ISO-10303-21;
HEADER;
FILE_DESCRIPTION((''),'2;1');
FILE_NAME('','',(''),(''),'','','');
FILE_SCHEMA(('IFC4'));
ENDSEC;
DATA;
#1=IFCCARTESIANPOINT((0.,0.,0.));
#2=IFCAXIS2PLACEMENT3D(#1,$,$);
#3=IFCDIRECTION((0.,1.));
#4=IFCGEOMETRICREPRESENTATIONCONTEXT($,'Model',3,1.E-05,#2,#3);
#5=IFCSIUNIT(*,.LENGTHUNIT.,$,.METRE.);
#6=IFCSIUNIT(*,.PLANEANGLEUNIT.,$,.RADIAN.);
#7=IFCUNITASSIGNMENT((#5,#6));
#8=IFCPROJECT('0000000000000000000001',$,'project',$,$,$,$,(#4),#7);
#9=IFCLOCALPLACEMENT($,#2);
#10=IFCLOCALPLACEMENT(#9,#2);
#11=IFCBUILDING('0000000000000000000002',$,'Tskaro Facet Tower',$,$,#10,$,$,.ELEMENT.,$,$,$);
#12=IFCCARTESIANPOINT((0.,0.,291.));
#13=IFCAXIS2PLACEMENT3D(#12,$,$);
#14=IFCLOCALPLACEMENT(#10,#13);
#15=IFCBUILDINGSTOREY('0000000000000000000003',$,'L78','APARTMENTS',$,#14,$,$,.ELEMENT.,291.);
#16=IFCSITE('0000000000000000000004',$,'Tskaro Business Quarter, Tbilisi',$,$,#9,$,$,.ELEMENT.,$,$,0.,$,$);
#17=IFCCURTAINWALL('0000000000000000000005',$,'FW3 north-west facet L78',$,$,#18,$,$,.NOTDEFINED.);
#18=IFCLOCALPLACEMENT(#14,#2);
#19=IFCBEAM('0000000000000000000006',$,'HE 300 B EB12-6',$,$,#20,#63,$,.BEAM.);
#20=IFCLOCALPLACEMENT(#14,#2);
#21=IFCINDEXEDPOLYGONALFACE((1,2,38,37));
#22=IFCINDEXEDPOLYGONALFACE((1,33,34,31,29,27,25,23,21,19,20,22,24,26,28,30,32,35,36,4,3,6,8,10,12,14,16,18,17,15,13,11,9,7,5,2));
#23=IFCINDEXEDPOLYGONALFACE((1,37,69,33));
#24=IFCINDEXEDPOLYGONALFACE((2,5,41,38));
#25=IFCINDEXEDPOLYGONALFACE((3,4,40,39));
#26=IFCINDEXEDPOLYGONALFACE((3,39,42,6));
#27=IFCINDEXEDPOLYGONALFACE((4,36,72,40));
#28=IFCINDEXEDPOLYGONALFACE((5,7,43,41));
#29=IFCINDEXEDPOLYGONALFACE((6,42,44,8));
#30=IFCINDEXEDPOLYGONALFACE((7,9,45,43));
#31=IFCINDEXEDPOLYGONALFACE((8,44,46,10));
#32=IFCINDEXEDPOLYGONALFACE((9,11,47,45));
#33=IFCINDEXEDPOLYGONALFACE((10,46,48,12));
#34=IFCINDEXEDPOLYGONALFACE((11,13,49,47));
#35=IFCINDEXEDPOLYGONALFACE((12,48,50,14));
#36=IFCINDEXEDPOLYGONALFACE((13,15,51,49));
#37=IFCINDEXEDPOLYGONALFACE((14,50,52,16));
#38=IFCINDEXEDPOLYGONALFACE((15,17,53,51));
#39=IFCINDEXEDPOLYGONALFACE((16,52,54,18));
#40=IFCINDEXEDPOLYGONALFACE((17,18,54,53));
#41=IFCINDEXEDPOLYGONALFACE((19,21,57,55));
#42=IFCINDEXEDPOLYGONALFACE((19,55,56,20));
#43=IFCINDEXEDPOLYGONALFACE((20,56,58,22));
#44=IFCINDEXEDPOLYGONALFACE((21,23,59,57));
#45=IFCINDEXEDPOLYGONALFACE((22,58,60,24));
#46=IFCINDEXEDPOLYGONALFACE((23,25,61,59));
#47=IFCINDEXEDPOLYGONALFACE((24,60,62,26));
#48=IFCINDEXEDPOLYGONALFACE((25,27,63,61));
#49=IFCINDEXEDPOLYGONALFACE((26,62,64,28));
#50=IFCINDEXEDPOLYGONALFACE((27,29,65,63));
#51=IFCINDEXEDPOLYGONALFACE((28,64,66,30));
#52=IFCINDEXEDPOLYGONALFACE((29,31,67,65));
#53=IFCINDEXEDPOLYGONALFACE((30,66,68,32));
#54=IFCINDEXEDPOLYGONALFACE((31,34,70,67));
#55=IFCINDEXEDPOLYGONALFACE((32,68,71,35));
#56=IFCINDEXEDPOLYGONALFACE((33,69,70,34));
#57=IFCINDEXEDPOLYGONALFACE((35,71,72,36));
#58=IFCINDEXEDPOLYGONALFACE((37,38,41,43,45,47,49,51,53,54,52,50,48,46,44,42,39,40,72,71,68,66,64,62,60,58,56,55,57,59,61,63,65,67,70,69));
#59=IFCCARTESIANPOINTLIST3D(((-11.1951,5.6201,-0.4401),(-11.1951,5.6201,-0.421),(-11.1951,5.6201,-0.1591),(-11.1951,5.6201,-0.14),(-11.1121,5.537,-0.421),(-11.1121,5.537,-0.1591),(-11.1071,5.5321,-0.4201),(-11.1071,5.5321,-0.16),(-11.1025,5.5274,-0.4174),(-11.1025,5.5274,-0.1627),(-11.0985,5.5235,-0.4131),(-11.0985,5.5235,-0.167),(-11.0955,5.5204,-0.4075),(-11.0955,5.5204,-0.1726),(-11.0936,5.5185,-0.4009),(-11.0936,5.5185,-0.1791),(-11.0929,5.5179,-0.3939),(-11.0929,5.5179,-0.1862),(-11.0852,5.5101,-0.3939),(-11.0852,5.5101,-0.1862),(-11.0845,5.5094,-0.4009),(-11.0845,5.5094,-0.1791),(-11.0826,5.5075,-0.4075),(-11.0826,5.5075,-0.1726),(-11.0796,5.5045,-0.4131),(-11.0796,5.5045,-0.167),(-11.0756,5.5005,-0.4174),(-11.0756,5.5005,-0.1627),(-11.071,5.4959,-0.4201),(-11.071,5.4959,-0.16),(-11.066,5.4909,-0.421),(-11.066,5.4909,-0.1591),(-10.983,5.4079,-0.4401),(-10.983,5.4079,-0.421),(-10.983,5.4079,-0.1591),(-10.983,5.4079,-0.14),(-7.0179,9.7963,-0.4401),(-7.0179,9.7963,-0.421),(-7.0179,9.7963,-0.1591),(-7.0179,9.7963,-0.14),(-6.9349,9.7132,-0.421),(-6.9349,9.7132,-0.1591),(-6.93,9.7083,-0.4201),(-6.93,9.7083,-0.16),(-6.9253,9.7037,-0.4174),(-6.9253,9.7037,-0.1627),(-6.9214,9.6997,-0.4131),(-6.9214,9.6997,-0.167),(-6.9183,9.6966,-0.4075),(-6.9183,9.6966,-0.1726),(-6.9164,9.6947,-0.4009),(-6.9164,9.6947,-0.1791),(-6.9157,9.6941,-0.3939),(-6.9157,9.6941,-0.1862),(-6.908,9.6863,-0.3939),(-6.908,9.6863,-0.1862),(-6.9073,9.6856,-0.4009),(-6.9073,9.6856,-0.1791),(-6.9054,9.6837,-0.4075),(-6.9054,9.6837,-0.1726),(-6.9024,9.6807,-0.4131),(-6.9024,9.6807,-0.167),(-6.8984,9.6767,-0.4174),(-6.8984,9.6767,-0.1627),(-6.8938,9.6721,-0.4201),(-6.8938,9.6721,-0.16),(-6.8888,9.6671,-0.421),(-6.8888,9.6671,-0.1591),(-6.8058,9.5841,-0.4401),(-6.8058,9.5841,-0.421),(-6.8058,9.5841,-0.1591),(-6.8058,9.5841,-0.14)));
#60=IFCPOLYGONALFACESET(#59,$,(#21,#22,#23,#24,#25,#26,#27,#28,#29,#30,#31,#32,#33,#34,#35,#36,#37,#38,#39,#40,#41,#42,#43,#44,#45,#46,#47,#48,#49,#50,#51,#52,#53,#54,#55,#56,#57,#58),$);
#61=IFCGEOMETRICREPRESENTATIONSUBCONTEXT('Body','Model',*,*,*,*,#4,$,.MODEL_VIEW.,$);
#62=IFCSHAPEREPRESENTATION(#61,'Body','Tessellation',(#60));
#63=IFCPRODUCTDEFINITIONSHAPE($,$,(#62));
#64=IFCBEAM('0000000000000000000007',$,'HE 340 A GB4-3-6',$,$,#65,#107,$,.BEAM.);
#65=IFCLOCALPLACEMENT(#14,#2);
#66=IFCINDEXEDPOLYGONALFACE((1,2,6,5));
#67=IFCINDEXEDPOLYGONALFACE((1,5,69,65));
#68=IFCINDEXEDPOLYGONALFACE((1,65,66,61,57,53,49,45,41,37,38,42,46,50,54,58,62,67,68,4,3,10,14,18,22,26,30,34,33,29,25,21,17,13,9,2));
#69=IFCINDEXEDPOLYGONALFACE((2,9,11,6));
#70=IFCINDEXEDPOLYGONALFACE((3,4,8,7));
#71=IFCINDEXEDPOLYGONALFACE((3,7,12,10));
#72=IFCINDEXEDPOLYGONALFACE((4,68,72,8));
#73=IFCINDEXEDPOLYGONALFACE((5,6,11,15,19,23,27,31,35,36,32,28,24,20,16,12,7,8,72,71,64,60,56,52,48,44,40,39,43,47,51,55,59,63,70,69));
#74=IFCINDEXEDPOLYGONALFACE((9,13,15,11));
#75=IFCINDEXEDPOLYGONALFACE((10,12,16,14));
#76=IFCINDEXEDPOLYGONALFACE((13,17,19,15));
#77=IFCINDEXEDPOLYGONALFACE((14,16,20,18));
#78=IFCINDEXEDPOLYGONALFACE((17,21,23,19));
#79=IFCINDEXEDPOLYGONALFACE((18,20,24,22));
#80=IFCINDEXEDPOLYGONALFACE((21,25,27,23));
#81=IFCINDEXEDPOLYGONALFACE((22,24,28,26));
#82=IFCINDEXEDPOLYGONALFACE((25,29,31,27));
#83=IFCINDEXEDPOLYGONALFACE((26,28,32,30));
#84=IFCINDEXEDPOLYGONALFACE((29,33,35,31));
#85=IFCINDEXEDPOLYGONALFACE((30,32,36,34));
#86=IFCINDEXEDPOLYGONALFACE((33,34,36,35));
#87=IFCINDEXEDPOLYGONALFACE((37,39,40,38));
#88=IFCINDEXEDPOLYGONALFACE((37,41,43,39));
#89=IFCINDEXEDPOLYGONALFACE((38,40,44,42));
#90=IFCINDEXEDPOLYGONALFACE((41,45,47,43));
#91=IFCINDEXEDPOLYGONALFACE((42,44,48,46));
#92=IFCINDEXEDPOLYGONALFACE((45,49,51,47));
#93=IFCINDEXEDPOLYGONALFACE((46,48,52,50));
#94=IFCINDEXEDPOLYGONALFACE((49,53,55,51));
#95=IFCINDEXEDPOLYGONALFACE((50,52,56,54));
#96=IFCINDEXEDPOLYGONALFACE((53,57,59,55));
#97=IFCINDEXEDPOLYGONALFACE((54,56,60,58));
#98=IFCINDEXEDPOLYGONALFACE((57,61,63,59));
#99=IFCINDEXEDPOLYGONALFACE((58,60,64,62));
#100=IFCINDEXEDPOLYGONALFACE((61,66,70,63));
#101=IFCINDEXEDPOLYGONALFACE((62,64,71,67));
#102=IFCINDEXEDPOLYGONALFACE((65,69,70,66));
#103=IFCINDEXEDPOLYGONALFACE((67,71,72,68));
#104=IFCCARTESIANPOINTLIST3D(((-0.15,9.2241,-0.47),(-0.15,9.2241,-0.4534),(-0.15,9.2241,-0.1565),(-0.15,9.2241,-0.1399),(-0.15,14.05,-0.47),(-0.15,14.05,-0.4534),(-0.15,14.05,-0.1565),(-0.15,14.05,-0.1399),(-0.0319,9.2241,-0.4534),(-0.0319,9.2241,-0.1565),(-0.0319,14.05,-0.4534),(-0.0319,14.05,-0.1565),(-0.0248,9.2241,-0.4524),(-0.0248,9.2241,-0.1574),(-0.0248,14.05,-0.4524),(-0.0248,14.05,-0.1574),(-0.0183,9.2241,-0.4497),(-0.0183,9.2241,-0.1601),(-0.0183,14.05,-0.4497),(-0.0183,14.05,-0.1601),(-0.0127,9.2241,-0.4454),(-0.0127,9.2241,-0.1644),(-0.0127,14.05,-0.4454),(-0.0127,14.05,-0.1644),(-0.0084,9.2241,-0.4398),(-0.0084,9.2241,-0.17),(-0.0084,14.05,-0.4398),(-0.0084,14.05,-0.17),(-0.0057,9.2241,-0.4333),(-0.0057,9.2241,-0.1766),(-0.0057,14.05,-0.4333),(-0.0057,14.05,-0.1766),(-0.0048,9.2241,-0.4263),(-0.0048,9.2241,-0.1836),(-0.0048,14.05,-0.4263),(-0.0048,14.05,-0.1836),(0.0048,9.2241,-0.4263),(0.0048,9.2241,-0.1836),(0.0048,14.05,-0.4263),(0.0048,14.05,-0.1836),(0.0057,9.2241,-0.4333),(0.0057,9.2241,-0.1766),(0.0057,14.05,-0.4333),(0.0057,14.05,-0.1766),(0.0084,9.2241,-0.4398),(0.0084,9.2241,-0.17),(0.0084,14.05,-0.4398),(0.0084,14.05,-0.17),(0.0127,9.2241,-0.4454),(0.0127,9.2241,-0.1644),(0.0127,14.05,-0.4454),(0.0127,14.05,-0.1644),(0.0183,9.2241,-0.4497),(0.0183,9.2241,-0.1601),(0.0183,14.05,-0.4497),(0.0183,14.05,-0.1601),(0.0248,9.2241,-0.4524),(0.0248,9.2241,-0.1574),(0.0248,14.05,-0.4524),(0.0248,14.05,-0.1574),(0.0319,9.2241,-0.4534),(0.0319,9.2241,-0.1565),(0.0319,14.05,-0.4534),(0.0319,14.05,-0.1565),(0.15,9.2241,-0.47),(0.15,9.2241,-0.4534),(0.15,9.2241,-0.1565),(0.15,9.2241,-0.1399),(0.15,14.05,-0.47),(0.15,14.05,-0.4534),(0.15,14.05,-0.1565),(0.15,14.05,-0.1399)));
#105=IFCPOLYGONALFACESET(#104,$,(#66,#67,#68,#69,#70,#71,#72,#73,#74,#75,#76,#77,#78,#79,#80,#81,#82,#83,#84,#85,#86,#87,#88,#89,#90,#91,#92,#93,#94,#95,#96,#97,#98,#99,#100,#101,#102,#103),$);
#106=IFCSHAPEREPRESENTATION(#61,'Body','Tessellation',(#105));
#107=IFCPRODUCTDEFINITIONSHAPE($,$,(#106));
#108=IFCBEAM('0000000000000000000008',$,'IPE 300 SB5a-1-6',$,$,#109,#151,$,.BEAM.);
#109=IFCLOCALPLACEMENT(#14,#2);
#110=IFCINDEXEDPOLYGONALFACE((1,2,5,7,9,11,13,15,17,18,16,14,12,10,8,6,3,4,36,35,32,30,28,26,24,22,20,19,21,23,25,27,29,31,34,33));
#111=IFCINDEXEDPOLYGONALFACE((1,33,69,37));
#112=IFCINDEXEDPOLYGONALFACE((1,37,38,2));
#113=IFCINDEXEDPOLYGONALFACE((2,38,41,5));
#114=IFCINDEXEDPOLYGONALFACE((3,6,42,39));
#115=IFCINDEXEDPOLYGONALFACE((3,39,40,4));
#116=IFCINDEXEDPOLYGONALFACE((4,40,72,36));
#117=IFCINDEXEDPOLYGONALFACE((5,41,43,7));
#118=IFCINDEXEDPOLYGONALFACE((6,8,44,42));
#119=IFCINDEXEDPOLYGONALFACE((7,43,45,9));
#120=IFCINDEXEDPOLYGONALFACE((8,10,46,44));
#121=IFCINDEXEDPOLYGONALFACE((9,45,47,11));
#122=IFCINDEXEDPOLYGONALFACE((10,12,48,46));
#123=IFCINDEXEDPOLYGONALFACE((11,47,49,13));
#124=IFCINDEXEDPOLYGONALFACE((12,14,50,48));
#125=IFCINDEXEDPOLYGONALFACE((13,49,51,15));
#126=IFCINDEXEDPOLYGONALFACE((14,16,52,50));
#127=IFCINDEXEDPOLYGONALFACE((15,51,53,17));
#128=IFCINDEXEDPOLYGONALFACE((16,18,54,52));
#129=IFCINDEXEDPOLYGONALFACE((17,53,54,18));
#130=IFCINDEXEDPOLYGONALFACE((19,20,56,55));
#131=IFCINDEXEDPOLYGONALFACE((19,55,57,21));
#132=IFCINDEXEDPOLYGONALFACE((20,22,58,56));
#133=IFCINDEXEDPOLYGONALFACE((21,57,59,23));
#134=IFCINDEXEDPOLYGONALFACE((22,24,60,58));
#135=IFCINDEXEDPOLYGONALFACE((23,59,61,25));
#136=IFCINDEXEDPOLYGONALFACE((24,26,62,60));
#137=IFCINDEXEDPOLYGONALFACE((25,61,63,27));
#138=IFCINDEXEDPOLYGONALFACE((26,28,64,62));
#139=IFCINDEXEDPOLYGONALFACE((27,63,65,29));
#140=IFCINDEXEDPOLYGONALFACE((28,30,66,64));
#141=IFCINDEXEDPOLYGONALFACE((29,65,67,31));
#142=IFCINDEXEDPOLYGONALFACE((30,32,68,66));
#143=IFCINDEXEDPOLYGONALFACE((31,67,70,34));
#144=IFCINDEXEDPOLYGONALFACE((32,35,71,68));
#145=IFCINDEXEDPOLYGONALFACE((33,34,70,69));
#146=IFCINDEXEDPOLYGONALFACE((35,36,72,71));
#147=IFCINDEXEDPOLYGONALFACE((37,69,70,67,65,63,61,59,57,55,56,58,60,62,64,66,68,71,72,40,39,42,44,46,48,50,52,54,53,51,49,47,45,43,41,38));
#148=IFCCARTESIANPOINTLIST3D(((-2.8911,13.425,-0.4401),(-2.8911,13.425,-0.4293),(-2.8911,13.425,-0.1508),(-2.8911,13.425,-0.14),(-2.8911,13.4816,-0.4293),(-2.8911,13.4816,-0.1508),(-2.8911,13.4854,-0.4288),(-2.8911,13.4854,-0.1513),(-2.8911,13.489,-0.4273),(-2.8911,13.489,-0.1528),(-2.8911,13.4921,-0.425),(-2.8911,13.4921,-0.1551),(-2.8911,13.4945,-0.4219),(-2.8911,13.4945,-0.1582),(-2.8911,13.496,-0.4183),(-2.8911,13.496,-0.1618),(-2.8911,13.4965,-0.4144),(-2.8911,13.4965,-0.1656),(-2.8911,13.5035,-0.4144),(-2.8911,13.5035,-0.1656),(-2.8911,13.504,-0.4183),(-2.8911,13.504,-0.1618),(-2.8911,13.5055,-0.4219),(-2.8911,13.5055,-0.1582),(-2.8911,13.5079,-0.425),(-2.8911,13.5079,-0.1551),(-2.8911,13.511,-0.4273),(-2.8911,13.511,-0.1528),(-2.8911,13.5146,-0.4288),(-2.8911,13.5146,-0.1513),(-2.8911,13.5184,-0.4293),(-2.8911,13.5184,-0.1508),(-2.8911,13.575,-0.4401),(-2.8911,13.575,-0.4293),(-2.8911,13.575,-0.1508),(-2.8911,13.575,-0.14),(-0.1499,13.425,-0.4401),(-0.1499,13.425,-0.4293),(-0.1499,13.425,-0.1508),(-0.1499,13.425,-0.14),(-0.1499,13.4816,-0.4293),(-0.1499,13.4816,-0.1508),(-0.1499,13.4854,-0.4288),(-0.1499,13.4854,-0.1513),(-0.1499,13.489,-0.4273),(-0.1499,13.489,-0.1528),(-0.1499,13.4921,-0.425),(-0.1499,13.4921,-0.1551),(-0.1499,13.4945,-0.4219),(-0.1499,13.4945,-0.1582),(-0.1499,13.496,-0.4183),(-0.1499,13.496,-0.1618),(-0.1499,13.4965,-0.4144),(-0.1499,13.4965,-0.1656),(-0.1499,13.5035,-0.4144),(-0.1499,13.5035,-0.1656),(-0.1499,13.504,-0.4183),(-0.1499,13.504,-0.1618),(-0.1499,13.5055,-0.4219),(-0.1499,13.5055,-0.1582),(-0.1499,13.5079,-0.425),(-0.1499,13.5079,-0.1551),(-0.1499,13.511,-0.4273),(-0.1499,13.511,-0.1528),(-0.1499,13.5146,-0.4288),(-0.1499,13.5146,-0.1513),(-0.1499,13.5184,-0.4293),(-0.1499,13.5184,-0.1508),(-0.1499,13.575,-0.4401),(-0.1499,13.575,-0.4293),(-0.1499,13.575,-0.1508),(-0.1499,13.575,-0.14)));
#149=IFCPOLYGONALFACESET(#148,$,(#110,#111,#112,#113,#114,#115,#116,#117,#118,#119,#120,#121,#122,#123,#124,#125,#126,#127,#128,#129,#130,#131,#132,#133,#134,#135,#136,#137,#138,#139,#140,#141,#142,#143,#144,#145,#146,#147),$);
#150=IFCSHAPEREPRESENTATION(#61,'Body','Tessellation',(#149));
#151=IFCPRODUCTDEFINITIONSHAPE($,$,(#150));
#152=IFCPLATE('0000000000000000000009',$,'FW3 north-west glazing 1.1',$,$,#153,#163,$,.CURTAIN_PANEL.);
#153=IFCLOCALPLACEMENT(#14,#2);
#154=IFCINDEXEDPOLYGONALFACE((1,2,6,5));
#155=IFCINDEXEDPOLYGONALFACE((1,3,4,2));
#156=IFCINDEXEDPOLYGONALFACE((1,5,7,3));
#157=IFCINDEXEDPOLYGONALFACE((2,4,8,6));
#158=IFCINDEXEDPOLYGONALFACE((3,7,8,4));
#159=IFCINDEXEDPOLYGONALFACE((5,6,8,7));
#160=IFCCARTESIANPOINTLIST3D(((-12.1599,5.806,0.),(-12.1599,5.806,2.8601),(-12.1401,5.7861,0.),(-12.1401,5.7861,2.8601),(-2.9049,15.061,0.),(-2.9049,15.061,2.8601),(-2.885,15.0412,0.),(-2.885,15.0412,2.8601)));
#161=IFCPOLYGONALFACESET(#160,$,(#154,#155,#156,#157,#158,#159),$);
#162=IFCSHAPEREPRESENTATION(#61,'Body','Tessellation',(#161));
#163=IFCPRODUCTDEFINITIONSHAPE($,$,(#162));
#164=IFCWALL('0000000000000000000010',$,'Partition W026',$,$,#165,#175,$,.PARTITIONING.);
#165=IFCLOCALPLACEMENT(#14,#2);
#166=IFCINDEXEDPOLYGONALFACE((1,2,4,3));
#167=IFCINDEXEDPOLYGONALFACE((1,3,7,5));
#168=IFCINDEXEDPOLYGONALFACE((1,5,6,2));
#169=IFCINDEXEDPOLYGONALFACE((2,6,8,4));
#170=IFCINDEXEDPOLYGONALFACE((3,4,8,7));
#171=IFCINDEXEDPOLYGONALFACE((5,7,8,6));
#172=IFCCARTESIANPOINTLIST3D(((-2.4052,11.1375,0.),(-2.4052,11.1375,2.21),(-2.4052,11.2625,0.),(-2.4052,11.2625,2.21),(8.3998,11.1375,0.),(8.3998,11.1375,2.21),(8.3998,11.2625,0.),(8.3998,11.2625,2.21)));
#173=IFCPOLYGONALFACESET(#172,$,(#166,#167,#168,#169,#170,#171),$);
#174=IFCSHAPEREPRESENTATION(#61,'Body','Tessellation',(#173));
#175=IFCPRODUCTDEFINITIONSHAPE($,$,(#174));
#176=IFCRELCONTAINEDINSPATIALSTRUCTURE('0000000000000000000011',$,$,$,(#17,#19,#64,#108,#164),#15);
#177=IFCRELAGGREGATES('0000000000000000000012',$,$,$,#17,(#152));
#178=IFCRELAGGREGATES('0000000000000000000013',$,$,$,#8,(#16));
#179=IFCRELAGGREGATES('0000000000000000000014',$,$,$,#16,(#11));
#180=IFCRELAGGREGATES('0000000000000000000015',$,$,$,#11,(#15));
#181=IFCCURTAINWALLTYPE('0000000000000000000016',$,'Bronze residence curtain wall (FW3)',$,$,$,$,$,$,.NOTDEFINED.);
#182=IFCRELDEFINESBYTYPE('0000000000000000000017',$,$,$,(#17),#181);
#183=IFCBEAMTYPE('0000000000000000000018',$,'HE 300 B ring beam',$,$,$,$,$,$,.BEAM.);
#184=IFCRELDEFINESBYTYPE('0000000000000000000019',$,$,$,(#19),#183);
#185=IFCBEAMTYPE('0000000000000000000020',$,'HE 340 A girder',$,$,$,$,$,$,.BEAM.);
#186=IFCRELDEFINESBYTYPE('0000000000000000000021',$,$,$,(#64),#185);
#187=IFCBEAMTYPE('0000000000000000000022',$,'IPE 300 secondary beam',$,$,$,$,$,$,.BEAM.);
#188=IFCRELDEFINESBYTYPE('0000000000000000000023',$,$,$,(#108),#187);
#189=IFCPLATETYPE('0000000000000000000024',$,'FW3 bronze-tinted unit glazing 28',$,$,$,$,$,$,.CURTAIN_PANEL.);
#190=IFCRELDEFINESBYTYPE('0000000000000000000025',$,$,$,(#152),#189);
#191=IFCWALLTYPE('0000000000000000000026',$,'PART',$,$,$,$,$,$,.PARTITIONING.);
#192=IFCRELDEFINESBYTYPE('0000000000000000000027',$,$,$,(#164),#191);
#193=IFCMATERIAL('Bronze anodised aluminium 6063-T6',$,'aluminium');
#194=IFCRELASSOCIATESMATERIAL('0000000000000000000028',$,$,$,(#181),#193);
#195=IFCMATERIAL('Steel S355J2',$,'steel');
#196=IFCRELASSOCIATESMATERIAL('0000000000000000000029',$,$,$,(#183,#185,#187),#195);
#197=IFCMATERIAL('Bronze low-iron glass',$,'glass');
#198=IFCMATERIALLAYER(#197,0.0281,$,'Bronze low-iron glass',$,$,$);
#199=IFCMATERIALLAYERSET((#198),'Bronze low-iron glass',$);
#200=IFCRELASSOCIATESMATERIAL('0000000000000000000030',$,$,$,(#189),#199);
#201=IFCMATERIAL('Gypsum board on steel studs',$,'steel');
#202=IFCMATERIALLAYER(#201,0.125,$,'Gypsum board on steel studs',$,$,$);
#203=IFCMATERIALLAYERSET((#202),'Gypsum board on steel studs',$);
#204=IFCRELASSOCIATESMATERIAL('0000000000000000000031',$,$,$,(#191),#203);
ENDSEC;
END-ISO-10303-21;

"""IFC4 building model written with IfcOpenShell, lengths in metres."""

from ifc_helpers import new_model, si_unit, direction, frame, frame_2d, origin, origin_2d, place, context, subcontext, project, spatial, rectangle, i_section, extrude, material, layer, layer_set, material_profile, profile_set, type_object, element, aggregate, save


model = new_model("IFC4")

# Units and contexts
model_context = context("Model", 3, precision=1e-05, world=origin(), true_north=direction((0.0, 1.0)))
body_context = subcontext(model_context, "Body", "Model", "MODEL_VIEW")
ifc_project = project(units=[si_unit("LENGTHUNIT", "METRE"), si_unit("PLANEANGLEUNIT", "RADIAN")], contexts=[model_context])

# Site, building, storey
site_placement = place(None, origin())
site = spatial("IfcSite", under=ifc_project, at=site_placement, Name="Tskaro Business Quarter, Tbilisi", CompositionType="ELEMENT", RefElevation=0.0)
building_placement = place(site_placement, origin())
building = spatial("IfcBuilding", under=site, at=building_placement, Name="Tskaro Facet Tower", CompositionType="ELEMENT")
storey_placement = place(building_placement, frame((0.0, 0.0, 291.0)))
storey = spatial("IfcBuildingStorey", under=building, at=storey_placement, Name="L78", Description="APARTMENTS", CompositionType="ELEMENT", Elevation=291.0)

# Shared definitions
ifc_material_1 = material(Name="Steel S355J2", Category="steel")

# Curtain wall
ifc_material_2 = material(Name="Bronze anodised aluminium 6063-T6", Category="aluminium")
curtain_wall_type = type_object("IfcCurtainWallType", Name="Bronze residence curtain wall (FW3)", PredefinedType="NOTDEFINED", material=ifc_material_2)
curtain_wall_1_placement = place(storey_placement, origin())
curtain_wall_1 = element("IfcCurtainWall", 1, at=curtain_wall_1_placement, inside=storey, type_object=curtain_wall_type, Name="FW3 north-west facet L78", PredefinedType="NOTDEFINED")

# Beams
ifc_material_profile_1 = material_profile(ifc_material_1, i_section(OverallWidth=0.3, OverallDepth=0.3, WebThickness=0.011, FlangeThickness=0.019, FilletRadius=0.0271, at=origin_2d()), Name="HE 300 B")
ifc_profile_set_1 = profile_set([ifc_material_profile_1], Name="Steel S355J2")
beam_type_1 = type_object("IfcBeamType", Name="HE 300 B ring beam", PredefinedType="BEAM", material=ifc_profile_set_1)
for number, where, z_axis, x_axis, name in (
    (2, (-6.9119, 9.6902, -0.29), (-0.707189, -0.707024, 0.0), (0.707024, -0.707189, 0.0), "HE 300 B EB12-6"),
):
    element("IfcBeam", number, at=place(storey_placement, frame(where, z_axis=z_axis, x_axis=x_axis)), inside=storey, type_object=beam_type_1, Name=name, PredefinedType="BEAM", context=body_context, shape_type="SweptSolid", body=[
        extrude(i_section(OverallWidth=0.3, OverallDepth=0.3, WebThickness=0.011, FlangeThickness=0.019, FilletRadius=0.0271, at=origin_2d()), origin(), (0.0, 0.0, 1.0), 5.9067),
    ])
ifc_material_profile_2 = material_profile(ifc_material_1, i_section(OverallWidth=0.3, OverallDepth=0.3301, WebThickness=0.0095, FlangeThickness=0.0166, FilletRadius=0.0271, at=origin_2d()), Name="HE 340 A")
ifc_profile_set_2 = profile_set([ifc_material_profile_2], Name="Steel S355J2")
beam_type_2 = type_object("IfcBeamType", Name="HE 340 A girder", PredefinedType="BEAM", material=ifc_profile_set_2)
beam_1_placement = place(storey_placement, frame((0.0, 9.2241, -0.3049), z_axis=(0.0, 1.0, 0.0), x_axis=(-1.0, 0.0, 0.0)))
element("IfcBeam", 3, at=beam_1_placement, inside=storey, type_object=beam_type_2, Name="HE 340 A GB4-3-6", PredefinedType="BEAM", context=body_context, shape_type="SweptSolid", body=[
    extrude(i_section(OverallWidth=0.3, OverallDepth=0.3301, WebThickness=0.0095, FlangeThickness=0.0166, FilletRadius=0.0271, at=origin_2d()), origin(), (0.0, 0.0, 1.0), 4.8259),
])
ifc_material_profile_3 = material_profile(ifc_material_1, i_section(OverallWidth=0.1499, OverallDepth=0.3, WebThickness=0.0071, FlangeThickness=0.0107, FilletRadius=0.0149, at=origin_2d()), Name="IPE 300")
ifc_profile_set_3 = profile_set([ifc_material_profile_3], Name="Steel S355J2")
beam_type_3 = type_object("IfcBeamType", Name="IPE 300 secondary beam", PredefinedType="BEAM", material=ifc_profile_set_3)
beam_2_placement = place(storey_placement, frame((-2.8911, 13.5, -0.29), z_axis=(1.0, 0.0, 0.0), x_axis=(0.0, 1.0, 0.0)))
element("IfcBeam", 4, at=beam_2_placement, inside=storey, type_object=beam_type_3, Name="IPE 300 SB5a-1-6", PredefinedType="BEAM", context=body_context, shape_type="SweptSolid", body=[
    extrude(i_section(OverallWidth=0.1499, OverallDepth=0.3, WebThickness=0.0071, FlangeThickness=0.0107, FilletRadius=0.0149, at=origin_2d()), origin(), (0.0, 0.0, 1.0), 2.7412),
])

# Plate
ifc_material_3 = material(Name="Bronze low-iron glass", Category="glass")
ifc_layer_1 = layer(ifc_material_3, 0.0281, Name="Bronze low-iron glass")
ifc_layer_set_1 = layer_set([ifc_layer_1], Name="Bronze low-iron glass")
plate_type = type_object("IfcPlateType", Name="FW3 bronze-tinted unit glazing 28", PredefinedType="CURTAIN_PANEL", material=ifc_layer_set_1)
plate_placement = place(storey_placement, frame((-7.5225, 10.4236, 0.0), z_axis=(0.0, 0.0, 1.0), x_axis=(-0.707107, -0.707107, 0.0)))
plate = element("IfcPlate", 5, at=plate_placement, type_object=plate_type, Name="FW3 north-west glazing 1.1", PredefinedType="CURTAIN_PANEL", context=body_context, shape_type="SweptSolid", body=[
    extrude(rectangle(XDim=13.0886, YDim=0.0281, at=origin_2d()), origin(), (0.0, 0.0, 1.0), 2.8601),
])
aggregate(curtain_wall_1, [plate])

# Wall
ifc_material_4 = material(Name="Gypsum board on steel studs", Category="steel")
ifc_layer_2 = layer(ifc_material_4, 0.125, Name="Gypsum board on steel studs")
ifc_layer_set_2 = layer_set([ifc_layer_2], Name="Gypsum board on steel studs")
wall_type_1 = type_object("IfcWallType", Name="PART", PredefinedType="PARTITIONING", material=ifc_layer_set_2)
wall_1_placement = place(storey_placement, frame((-2.405, 11.2, 0.0), z_axis=(0.0, 0.0, 1.0), x_axis=(1.0, 0.0, 0.0)))
element("IfcWall", 6, at=wall_1_placement, inside=storey, type_object=wall_type_1, Name="Partition W026", PredefinedType="PARTITIONING", context=body_context, shape_type="SweptSolid", body=[
    extrude(rectangle(XDim=10.8049, YDim=0.125, at=frame_2d((5.4023, 0.0))), origin(), (0.0, 0.0, 1.0), 2.21),
])

save(model, "model.ifc")
